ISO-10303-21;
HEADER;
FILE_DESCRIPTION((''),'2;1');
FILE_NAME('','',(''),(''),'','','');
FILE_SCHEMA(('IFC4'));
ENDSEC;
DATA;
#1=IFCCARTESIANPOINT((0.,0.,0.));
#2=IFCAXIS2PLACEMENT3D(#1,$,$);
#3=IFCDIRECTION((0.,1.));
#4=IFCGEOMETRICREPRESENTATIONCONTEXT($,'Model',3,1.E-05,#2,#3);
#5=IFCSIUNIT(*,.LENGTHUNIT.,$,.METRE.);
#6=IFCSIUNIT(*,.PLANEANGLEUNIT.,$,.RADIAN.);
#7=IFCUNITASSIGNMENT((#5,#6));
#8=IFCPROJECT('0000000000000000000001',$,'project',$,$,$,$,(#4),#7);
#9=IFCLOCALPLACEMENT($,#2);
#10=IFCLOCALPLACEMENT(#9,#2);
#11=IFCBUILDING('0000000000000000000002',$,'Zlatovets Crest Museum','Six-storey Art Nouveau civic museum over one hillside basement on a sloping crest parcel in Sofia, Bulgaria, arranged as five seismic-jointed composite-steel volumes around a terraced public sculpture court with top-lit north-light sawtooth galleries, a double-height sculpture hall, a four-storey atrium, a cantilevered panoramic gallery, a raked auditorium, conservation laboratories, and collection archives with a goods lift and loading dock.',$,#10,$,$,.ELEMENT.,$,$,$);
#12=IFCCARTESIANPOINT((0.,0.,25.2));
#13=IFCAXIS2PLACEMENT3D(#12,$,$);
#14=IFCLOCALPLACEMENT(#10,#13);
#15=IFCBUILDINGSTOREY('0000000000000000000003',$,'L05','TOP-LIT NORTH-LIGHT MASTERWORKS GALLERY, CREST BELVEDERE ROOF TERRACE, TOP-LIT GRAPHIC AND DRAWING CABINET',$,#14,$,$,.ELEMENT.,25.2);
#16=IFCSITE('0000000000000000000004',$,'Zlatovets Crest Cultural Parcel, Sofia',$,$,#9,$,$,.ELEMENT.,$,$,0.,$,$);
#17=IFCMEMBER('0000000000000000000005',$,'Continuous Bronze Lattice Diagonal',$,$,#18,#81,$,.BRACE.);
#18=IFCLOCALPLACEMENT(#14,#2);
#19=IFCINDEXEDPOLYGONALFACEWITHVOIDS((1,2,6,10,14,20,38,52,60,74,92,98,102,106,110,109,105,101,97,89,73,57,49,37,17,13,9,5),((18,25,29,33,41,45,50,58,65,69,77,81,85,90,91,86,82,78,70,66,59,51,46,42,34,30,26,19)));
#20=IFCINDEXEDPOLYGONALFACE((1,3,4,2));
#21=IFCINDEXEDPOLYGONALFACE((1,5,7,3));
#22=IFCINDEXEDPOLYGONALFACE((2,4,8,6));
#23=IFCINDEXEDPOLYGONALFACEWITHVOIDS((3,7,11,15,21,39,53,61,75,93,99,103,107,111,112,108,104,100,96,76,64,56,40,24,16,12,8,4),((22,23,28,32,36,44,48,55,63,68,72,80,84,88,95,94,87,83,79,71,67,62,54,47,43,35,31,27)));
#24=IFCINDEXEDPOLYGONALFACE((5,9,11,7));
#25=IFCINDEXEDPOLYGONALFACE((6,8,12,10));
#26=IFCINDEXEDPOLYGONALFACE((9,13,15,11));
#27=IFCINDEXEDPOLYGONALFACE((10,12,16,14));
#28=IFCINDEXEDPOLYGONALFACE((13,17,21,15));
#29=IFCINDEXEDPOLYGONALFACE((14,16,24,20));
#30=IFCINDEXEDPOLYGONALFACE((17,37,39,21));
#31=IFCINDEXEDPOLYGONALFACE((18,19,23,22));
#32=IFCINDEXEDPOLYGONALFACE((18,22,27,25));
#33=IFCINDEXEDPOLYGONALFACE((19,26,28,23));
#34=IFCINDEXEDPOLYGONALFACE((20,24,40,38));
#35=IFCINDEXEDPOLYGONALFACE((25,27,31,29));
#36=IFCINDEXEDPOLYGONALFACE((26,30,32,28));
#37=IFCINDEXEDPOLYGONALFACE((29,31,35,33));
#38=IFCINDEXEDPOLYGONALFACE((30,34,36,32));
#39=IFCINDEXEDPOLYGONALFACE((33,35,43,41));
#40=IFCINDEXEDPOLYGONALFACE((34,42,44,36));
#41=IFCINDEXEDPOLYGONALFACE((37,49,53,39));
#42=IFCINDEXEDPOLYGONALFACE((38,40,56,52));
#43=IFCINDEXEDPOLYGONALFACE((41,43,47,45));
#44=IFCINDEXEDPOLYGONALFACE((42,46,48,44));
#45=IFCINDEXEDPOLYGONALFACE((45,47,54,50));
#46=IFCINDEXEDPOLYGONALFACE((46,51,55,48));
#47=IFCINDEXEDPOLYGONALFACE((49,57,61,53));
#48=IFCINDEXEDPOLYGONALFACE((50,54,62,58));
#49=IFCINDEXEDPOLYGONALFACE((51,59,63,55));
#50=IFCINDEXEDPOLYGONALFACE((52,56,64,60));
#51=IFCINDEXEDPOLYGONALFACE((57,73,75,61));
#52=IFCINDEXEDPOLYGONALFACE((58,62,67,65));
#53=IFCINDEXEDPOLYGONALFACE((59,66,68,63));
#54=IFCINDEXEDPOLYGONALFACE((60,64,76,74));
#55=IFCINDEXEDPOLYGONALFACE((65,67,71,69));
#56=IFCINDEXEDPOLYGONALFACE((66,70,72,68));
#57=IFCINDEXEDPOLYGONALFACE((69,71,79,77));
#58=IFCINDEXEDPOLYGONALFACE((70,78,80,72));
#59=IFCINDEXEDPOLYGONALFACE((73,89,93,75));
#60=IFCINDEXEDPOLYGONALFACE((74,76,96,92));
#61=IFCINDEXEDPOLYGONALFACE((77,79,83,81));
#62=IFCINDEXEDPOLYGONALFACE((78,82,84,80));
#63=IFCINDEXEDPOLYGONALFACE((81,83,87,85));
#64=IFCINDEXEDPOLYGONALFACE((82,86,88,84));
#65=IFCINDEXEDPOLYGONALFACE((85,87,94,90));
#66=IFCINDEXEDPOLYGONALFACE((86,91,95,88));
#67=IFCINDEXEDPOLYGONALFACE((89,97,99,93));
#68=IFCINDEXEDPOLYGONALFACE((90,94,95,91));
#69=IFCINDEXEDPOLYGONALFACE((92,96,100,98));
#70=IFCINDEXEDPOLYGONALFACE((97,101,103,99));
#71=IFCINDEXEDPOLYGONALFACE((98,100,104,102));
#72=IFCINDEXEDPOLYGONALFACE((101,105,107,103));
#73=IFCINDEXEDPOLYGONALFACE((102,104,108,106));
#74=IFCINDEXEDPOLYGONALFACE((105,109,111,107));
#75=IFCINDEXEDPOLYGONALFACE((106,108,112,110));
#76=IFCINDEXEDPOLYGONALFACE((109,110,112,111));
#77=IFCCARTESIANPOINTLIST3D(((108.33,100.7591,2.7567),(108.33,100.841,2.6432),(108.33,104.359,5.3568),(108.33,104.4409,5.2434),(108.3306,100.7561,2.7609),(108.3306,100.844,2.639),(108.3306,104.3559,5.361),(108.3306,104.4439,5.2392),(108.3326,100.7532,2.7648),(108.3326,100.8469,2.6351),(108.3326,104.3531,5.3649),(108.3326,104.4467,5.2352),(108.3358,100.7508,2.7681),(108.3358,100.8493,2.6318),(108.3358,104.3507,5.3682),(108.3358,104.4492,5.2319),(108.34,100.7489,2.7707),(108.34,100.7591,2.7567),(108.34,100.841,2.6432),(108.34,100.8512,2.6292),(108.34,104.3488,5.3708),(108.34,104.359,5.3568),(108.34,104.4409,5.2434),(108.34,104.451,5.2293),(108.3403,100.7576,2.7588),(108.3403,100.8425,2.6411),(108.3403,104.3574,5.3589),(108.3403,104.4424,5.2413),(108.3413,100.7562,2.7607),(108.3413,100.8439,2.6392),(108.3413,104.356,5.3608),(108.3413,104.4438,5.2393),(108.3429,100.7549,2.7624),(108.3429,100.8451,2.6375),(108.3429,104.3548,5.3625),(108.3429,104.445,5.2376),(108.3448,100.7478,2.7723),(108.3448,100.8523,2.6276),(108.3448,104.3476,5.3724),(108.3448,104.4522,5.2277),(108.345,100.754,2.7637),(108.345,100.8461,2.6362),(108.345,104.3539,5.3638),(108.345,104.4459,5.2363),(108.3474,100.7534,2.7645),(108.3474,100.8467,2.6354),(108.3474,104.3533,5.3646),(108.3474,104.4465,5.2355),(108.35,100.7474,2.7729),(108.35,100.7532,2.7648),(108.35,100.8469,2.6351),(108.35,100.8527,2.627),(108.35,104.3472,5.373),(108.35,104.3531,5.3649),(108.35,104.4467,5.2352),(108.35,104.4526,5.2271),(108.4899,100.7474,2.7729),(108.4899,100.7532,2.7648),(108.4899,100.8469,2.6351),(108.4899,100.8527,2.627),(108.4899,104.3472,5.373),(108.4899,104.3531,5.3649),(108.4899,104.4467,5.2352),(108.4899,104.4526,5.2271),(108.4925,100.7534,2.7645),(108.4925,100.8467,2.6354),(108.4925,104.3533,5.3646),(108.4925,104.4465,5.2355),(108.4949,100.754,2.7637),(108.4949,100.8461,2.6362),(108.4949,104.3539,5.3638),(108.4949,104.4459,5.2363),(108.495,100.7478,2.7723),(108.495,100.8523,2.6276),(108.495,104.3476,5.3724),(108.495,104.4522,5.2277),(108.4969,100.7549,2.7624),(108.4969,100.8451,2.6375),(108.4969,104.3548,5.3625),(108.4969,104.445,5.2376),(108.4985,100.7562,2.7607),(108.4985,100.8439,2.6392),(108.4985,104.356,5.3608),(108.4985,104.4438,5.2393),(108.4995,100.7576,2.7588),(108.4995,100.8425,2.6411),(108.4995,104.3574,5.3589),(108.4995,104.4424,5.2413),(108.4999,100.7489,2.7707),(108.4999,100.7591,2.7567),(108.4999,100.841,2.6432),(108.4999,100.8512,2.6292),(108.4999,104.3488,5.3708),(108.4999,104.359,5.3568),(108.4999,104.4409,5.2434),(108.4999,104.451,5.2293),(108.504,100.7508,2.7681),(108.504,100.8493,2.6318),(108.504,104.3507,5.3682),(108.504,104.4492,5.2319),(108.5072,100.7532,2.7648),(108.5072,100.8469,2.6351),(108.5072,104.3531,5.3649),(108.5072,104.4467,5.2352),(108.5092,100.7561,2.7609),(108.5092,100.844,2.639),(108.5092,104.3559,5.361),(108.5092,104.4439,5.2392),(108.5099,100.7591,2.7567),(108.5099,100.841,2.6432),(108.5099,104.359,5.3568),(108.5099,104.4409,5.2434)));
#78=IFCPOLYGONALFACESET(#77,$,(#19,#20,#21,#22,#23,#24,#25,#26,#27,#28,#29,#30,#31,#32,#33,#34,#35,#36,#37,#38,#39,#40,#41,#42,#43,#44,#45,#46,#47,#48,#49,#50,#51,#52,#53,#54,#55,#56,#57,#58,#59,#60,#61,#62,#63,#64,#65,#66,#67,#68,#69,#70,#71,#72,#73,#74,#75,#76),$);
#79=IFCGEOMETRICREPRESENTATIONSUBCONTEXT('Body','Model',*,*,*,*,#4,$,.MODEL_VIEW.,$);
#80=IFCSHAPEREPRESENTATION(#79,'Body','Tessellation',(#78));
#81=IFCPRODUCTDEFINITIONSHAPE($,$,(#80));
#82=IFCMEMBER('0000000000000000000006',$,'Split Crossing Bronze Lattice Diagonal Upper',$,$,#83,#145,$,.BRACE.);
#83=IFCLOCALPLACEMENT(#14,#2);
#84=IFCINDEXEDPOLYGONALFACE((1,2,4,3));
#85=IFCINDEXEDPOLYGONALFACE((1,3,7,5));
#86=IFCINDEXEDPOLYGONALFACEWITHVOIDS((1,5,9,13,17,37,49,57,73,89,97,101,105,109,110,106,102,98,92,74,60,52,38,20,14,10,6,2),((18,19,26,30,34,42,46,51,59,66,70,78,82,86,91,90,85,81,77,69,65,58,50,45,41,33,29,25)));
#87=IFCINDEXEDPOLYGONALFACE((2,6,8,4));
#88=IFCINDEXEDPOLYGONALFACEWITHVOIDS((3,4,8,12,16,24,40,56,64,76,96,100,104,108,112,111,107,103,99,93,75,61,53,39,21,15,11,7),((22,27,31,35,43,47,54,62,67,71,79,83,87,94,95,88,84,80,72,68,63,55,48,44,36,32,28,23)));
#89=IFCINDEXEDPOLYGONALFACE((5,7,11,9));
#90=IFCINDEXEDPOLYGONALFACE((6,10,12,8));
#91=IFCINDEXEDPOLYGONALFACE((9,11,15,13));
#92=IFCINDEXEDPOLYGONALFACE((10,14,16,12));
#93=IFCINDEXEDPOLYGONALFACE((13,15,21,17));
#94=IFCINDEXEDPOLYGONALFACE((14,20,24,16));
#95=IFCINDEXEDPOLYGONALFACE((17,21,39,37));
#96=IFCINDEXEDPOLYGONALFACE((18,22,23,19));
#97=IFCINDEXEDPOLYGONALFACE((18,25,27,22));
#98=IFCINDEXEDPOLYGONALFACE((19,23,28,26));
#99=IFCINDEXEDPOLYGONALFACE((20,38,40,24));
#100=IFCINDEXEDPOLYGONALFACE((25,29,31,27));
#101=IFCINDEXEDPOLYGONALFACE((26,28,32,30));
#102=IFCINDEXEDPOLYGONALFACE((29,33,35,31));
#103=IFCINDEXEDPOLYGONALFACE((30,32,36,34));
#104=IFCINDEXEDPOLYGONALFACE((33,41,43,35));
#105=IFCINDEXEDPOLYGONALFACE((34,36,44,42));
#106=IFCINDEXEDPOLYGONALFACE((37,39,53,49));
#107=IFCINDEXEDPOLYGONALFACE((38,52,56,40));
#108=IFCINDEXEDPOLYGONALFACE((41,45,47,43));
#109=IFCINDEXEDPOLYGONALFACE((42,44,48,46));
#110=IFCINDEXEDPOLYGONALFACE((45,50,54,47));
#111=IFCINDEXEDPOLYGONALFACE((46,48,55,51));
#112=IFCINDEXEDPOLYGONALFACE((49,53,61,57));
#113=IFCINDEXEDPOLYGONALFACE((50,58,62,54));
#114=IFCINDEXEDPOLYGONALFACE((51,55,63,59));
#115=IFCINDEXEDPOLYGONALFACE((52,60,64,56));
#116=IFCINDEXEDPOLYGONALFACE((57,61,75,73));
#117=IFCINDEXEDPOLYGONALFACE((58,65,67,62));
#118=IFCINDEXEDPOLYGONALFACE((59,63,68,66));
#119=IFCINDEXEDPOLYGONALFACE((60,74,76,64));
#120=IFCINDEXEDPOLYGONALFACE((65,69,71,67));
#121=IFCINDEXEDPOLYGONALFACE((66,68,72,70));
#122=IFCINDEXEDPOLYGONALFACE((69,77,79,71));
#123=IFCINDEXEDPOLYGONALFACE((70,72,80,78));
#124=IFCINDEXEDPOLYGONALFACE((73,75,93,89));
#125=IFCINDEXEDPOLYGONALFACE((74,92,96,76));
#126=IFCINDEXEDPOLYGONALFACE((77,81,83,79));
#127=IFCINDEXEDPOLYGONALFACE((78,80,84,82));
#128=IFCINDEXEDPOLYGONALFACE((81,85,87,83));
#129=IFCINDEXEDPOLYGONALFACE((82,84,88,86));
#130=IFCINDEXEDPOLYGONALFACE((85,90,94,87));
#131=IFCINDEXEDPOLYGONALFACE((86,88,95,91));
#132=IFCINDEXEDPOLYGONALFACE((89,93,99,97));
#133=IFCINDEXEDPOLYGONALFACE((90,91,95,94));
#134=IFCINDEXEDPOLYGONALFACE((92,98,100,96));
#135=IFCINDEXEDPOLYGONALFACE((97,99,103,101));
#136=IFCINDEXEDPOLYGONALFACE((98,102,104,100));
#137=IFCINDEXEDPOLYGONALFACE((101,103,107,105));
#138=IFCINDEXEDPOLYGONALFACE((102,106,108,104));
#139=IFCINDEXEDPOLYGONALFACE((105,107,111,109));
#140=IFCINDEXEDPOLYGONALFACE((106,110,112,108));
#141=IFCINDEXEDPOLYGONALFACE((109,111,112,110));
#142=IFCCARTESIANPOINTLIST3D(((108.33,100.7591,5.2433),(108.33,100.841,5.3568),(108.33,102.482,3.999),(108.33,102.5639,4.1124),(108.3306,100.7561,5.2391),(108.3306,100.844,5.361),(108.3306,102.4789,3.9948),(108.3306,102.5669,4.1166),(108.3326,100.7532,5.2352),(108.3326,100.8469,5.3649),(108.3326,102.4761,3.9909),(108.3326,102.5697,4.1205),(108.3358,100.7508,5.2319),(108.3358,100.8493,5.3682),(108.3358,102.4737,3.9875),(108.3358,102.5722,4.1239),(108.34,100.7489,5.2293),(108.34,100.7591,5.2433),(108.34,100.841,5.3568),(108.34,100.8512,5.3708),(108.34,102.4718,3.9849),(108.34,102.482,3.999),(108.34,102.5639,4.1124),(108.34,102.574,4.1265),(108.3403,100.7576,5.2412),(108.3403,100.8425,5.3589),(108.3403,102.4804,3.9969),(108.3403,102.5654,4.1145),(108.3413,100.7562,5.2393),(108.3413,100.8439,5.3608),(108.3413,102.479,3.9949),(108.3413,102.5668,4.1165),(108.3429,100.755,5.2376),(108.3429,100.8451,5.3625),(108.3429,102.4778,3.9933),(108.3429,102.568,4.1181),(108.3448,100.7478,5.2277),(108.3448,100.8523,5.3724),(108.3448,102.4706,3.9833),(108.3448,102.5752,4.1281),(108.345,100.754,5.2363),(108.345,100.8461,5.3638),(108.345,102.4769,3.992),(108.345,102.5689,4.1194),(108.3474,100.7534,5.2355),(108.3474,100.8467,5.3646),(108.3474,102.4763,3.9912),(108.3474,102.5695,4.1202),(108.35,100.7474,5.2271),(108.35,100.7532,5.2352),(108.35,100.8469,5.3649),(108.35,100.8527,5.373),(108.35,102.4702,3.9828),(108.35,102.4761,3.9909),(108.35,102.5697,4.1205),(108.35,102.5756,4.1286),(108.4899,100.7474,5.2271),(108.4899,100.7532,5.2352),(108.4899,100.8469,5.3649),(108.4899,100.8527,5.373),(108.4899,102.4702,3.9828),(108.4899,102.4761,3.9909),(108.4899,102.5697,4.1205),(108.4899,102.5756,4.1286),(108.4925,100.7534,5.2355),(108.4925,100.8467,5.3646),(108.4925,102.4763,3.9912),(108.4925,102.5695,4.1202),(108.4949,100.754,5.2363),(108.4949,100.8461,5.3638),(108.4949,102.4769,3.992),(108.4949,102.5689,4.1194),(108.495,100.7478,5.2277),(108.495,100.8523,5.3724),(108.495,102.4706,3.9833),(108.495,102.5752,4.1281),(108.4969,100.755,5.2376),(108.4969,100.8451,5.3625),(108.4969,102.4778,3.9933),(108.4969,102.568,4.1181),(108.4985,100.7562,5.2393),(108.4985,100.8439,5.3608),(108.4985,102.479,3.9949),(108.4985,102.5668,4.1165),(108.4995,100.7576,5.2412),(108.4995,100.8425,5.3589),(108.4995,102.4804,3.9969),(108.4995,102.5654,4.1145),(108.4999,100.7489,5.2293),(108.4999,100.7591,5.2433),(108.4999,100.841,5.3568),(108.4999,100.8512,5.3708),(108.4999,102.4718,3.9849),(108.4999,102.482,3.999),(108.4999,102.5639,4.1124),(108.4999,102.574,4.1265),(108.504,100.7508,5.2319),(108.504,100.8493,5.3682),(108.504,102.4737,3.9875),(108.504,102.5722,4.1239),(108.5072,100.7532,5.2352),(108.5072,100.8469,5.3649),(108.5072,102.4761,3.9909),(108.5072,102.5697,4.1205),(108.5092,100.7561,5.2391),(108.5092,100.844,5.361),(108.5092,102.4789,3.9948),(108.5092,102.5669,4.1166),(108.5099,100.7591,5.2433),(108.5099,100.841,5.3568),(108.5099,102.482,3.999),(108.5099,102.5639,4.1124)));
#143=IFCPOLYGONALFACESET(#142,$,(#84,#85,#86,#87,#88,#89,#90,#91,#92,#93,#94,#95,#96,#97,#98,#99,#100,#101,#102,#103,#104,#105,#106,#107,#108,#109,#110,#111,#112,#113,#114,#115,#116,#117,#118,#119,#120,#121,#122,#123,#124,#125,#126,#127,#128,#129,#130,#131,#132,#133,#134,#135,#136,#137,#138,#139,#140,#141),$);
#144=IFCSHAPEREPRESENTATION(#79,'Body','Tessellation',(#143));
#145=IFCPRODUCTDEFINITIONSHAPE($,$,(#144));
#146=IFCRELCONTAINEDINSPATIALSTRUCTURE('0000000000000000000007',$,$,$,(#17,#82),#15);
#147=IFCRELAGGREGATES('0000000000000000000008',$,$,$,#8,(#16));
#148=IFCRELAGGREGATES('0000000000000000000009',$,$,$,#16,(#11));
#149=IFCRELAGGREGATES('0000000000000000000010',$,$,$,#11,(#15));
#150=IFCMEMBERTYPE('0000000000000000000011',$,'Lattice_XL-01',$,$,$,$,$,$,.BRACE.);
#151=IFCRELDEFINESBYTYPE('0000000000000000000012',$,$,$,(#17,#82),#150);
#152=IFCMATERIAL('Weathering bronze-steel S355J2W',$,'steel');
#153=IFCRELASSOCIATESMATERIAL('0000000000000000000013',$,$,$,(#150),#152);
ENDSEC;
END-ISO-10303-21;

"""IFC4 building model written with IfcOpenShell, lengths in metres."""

from ifc_helpers import new_model, si_unit, direction, frame, origin, origin_2d, place, context, subcontext, project, spatial, hollow_rectangle, extrude, material, material_profile, profile_set, type_object, element, save


model = new_model("IFC4")

# Units and contexts
model_context = context("Model", 3, precision=1e-05, world=origin(), true_north=direction((0.0, 1.0)))
body_context = subcontext(model_context, "Body", "Model", "MODEL_VIEW")
ifc_project = project(units=[si_unit("LENGTHUNIT", "METRE"), si_unit("PLANEANGLEUNIT", "RADIAN")], contexts=[model_context])

# Site, building, storey
site_placement = place(None, origin())
site = spatial("IfcSite", under=ifc_project, at=site_placement, Name="Zlatovets Crest Cultural Parcel, Sofia", CompositionType="ELEMENT", RefElevation=0.0)
building_placement = place(site_placement, origin())
building = spatial("IfcBuilding", under=site, at=building_placement, Name="Zlatovets Crest Museum", Description="Six-storey Art Nouveau civic museum over one hillside basement on a sloping crest parcel in Sofia, Bulgaria, arranged as five seismic-jointed composite-steel volumes around a terraced public sculpture court with top-lit north-light sawtooth galleries, a double-height sculpture hall, a four-storey atrium, a cantilevered panoramic gallery, a raked auditorium, conservation laboratories, and collection archives with a goods lift and loading dock.", CompositionType="ELEMENT")
storey_placement = place(building_placement, frame((0.0, 0.0, 25.2)))
storey = spatial("IfcBuildingStorey", under=building, at=storey_placement, Name="L05", Description="TOP-LIT NORTH-LIGHT MASTERWORKS GALLERY, CREST BELVEDERE ROOF TERRACE, TOP-LIT GRAPHIC AND DRAWING CABINET", CompositionType="ELEMENT", Elevation=25.2)

# Members
ifc_material_1 = material(Name="Weathering bronze-steel S355J2W", Category="steel")
ifc_material_profile_1 = material_profile(ifc_material_1, hollow_rectangle(XDim=0.1799, YDim=0.1799, WallThickness=0.01, InnerFilletRadius=0.01, OuterFilletRadius=0.02, at=origin_2d()), Name="SHS 180x180x10.0")
ifc_profile_set_1 = profile_set([ifc_material_profile_1], Name="Weathering bronze-steel S355J2W")
member_type_1 = type_object("IfcMemberType", Name="Lattice_XL-01", PredefinedType="BRACE", material=ifc_profile_set_1)
member_1_placement = place(storey_placement, frame((108.4199, 100.8, 2.7), z_axis=(0.0, 0.810657, 0.585521), x_axis=(-1.0, 0.0, 0.0)))
element("IfcMember", 1, at=member_1_placement, inside=storey, type_object=member_type_1, Name="Continuous Bronze Lattice Diagonal", PredefinedType="BRACE", context=body_context, shape_type="SweptSolid", body=[
    extrude(hollow_rectangle(XDim=0.1799, YDim=0.1799, WallThickness=0.01, InnerFilletRadius=0.01, OuterFilletRadius=0.02, at=origin_2d()), origin(), (0.0, 0.0, 1.0), 4.4407),
])
for number, where, z_axis, x_axis, name in (
    (2, (108.4199, 100.8, 5.3), (0.0, 0.810664, -0.585512), (-1.0, 0.0, 0.0), "Split Crossing Bronze Lattice Diagonal Upper"),
):
    element("IfcMember", number, at=place(storey_placement, frame(where, z_axis=z_axis, x_axis=x_axis)), inside=storey, type_object=member_type_1, Name=name, PredefinedType="BRACE", context=body_context, shape_type="SweptSolid", body=[
        extrude(hollow_rectangle(XDim=0.1799, YDim=0.1799, WallThickness=0.01, InnerFilletRadius=0.01, OuterFilletRadius=0.02, at=origin_2d()), origin(), (0.0, 0.0, 1.0), 2.1252),
    ])

save(model, "model.ifc")
